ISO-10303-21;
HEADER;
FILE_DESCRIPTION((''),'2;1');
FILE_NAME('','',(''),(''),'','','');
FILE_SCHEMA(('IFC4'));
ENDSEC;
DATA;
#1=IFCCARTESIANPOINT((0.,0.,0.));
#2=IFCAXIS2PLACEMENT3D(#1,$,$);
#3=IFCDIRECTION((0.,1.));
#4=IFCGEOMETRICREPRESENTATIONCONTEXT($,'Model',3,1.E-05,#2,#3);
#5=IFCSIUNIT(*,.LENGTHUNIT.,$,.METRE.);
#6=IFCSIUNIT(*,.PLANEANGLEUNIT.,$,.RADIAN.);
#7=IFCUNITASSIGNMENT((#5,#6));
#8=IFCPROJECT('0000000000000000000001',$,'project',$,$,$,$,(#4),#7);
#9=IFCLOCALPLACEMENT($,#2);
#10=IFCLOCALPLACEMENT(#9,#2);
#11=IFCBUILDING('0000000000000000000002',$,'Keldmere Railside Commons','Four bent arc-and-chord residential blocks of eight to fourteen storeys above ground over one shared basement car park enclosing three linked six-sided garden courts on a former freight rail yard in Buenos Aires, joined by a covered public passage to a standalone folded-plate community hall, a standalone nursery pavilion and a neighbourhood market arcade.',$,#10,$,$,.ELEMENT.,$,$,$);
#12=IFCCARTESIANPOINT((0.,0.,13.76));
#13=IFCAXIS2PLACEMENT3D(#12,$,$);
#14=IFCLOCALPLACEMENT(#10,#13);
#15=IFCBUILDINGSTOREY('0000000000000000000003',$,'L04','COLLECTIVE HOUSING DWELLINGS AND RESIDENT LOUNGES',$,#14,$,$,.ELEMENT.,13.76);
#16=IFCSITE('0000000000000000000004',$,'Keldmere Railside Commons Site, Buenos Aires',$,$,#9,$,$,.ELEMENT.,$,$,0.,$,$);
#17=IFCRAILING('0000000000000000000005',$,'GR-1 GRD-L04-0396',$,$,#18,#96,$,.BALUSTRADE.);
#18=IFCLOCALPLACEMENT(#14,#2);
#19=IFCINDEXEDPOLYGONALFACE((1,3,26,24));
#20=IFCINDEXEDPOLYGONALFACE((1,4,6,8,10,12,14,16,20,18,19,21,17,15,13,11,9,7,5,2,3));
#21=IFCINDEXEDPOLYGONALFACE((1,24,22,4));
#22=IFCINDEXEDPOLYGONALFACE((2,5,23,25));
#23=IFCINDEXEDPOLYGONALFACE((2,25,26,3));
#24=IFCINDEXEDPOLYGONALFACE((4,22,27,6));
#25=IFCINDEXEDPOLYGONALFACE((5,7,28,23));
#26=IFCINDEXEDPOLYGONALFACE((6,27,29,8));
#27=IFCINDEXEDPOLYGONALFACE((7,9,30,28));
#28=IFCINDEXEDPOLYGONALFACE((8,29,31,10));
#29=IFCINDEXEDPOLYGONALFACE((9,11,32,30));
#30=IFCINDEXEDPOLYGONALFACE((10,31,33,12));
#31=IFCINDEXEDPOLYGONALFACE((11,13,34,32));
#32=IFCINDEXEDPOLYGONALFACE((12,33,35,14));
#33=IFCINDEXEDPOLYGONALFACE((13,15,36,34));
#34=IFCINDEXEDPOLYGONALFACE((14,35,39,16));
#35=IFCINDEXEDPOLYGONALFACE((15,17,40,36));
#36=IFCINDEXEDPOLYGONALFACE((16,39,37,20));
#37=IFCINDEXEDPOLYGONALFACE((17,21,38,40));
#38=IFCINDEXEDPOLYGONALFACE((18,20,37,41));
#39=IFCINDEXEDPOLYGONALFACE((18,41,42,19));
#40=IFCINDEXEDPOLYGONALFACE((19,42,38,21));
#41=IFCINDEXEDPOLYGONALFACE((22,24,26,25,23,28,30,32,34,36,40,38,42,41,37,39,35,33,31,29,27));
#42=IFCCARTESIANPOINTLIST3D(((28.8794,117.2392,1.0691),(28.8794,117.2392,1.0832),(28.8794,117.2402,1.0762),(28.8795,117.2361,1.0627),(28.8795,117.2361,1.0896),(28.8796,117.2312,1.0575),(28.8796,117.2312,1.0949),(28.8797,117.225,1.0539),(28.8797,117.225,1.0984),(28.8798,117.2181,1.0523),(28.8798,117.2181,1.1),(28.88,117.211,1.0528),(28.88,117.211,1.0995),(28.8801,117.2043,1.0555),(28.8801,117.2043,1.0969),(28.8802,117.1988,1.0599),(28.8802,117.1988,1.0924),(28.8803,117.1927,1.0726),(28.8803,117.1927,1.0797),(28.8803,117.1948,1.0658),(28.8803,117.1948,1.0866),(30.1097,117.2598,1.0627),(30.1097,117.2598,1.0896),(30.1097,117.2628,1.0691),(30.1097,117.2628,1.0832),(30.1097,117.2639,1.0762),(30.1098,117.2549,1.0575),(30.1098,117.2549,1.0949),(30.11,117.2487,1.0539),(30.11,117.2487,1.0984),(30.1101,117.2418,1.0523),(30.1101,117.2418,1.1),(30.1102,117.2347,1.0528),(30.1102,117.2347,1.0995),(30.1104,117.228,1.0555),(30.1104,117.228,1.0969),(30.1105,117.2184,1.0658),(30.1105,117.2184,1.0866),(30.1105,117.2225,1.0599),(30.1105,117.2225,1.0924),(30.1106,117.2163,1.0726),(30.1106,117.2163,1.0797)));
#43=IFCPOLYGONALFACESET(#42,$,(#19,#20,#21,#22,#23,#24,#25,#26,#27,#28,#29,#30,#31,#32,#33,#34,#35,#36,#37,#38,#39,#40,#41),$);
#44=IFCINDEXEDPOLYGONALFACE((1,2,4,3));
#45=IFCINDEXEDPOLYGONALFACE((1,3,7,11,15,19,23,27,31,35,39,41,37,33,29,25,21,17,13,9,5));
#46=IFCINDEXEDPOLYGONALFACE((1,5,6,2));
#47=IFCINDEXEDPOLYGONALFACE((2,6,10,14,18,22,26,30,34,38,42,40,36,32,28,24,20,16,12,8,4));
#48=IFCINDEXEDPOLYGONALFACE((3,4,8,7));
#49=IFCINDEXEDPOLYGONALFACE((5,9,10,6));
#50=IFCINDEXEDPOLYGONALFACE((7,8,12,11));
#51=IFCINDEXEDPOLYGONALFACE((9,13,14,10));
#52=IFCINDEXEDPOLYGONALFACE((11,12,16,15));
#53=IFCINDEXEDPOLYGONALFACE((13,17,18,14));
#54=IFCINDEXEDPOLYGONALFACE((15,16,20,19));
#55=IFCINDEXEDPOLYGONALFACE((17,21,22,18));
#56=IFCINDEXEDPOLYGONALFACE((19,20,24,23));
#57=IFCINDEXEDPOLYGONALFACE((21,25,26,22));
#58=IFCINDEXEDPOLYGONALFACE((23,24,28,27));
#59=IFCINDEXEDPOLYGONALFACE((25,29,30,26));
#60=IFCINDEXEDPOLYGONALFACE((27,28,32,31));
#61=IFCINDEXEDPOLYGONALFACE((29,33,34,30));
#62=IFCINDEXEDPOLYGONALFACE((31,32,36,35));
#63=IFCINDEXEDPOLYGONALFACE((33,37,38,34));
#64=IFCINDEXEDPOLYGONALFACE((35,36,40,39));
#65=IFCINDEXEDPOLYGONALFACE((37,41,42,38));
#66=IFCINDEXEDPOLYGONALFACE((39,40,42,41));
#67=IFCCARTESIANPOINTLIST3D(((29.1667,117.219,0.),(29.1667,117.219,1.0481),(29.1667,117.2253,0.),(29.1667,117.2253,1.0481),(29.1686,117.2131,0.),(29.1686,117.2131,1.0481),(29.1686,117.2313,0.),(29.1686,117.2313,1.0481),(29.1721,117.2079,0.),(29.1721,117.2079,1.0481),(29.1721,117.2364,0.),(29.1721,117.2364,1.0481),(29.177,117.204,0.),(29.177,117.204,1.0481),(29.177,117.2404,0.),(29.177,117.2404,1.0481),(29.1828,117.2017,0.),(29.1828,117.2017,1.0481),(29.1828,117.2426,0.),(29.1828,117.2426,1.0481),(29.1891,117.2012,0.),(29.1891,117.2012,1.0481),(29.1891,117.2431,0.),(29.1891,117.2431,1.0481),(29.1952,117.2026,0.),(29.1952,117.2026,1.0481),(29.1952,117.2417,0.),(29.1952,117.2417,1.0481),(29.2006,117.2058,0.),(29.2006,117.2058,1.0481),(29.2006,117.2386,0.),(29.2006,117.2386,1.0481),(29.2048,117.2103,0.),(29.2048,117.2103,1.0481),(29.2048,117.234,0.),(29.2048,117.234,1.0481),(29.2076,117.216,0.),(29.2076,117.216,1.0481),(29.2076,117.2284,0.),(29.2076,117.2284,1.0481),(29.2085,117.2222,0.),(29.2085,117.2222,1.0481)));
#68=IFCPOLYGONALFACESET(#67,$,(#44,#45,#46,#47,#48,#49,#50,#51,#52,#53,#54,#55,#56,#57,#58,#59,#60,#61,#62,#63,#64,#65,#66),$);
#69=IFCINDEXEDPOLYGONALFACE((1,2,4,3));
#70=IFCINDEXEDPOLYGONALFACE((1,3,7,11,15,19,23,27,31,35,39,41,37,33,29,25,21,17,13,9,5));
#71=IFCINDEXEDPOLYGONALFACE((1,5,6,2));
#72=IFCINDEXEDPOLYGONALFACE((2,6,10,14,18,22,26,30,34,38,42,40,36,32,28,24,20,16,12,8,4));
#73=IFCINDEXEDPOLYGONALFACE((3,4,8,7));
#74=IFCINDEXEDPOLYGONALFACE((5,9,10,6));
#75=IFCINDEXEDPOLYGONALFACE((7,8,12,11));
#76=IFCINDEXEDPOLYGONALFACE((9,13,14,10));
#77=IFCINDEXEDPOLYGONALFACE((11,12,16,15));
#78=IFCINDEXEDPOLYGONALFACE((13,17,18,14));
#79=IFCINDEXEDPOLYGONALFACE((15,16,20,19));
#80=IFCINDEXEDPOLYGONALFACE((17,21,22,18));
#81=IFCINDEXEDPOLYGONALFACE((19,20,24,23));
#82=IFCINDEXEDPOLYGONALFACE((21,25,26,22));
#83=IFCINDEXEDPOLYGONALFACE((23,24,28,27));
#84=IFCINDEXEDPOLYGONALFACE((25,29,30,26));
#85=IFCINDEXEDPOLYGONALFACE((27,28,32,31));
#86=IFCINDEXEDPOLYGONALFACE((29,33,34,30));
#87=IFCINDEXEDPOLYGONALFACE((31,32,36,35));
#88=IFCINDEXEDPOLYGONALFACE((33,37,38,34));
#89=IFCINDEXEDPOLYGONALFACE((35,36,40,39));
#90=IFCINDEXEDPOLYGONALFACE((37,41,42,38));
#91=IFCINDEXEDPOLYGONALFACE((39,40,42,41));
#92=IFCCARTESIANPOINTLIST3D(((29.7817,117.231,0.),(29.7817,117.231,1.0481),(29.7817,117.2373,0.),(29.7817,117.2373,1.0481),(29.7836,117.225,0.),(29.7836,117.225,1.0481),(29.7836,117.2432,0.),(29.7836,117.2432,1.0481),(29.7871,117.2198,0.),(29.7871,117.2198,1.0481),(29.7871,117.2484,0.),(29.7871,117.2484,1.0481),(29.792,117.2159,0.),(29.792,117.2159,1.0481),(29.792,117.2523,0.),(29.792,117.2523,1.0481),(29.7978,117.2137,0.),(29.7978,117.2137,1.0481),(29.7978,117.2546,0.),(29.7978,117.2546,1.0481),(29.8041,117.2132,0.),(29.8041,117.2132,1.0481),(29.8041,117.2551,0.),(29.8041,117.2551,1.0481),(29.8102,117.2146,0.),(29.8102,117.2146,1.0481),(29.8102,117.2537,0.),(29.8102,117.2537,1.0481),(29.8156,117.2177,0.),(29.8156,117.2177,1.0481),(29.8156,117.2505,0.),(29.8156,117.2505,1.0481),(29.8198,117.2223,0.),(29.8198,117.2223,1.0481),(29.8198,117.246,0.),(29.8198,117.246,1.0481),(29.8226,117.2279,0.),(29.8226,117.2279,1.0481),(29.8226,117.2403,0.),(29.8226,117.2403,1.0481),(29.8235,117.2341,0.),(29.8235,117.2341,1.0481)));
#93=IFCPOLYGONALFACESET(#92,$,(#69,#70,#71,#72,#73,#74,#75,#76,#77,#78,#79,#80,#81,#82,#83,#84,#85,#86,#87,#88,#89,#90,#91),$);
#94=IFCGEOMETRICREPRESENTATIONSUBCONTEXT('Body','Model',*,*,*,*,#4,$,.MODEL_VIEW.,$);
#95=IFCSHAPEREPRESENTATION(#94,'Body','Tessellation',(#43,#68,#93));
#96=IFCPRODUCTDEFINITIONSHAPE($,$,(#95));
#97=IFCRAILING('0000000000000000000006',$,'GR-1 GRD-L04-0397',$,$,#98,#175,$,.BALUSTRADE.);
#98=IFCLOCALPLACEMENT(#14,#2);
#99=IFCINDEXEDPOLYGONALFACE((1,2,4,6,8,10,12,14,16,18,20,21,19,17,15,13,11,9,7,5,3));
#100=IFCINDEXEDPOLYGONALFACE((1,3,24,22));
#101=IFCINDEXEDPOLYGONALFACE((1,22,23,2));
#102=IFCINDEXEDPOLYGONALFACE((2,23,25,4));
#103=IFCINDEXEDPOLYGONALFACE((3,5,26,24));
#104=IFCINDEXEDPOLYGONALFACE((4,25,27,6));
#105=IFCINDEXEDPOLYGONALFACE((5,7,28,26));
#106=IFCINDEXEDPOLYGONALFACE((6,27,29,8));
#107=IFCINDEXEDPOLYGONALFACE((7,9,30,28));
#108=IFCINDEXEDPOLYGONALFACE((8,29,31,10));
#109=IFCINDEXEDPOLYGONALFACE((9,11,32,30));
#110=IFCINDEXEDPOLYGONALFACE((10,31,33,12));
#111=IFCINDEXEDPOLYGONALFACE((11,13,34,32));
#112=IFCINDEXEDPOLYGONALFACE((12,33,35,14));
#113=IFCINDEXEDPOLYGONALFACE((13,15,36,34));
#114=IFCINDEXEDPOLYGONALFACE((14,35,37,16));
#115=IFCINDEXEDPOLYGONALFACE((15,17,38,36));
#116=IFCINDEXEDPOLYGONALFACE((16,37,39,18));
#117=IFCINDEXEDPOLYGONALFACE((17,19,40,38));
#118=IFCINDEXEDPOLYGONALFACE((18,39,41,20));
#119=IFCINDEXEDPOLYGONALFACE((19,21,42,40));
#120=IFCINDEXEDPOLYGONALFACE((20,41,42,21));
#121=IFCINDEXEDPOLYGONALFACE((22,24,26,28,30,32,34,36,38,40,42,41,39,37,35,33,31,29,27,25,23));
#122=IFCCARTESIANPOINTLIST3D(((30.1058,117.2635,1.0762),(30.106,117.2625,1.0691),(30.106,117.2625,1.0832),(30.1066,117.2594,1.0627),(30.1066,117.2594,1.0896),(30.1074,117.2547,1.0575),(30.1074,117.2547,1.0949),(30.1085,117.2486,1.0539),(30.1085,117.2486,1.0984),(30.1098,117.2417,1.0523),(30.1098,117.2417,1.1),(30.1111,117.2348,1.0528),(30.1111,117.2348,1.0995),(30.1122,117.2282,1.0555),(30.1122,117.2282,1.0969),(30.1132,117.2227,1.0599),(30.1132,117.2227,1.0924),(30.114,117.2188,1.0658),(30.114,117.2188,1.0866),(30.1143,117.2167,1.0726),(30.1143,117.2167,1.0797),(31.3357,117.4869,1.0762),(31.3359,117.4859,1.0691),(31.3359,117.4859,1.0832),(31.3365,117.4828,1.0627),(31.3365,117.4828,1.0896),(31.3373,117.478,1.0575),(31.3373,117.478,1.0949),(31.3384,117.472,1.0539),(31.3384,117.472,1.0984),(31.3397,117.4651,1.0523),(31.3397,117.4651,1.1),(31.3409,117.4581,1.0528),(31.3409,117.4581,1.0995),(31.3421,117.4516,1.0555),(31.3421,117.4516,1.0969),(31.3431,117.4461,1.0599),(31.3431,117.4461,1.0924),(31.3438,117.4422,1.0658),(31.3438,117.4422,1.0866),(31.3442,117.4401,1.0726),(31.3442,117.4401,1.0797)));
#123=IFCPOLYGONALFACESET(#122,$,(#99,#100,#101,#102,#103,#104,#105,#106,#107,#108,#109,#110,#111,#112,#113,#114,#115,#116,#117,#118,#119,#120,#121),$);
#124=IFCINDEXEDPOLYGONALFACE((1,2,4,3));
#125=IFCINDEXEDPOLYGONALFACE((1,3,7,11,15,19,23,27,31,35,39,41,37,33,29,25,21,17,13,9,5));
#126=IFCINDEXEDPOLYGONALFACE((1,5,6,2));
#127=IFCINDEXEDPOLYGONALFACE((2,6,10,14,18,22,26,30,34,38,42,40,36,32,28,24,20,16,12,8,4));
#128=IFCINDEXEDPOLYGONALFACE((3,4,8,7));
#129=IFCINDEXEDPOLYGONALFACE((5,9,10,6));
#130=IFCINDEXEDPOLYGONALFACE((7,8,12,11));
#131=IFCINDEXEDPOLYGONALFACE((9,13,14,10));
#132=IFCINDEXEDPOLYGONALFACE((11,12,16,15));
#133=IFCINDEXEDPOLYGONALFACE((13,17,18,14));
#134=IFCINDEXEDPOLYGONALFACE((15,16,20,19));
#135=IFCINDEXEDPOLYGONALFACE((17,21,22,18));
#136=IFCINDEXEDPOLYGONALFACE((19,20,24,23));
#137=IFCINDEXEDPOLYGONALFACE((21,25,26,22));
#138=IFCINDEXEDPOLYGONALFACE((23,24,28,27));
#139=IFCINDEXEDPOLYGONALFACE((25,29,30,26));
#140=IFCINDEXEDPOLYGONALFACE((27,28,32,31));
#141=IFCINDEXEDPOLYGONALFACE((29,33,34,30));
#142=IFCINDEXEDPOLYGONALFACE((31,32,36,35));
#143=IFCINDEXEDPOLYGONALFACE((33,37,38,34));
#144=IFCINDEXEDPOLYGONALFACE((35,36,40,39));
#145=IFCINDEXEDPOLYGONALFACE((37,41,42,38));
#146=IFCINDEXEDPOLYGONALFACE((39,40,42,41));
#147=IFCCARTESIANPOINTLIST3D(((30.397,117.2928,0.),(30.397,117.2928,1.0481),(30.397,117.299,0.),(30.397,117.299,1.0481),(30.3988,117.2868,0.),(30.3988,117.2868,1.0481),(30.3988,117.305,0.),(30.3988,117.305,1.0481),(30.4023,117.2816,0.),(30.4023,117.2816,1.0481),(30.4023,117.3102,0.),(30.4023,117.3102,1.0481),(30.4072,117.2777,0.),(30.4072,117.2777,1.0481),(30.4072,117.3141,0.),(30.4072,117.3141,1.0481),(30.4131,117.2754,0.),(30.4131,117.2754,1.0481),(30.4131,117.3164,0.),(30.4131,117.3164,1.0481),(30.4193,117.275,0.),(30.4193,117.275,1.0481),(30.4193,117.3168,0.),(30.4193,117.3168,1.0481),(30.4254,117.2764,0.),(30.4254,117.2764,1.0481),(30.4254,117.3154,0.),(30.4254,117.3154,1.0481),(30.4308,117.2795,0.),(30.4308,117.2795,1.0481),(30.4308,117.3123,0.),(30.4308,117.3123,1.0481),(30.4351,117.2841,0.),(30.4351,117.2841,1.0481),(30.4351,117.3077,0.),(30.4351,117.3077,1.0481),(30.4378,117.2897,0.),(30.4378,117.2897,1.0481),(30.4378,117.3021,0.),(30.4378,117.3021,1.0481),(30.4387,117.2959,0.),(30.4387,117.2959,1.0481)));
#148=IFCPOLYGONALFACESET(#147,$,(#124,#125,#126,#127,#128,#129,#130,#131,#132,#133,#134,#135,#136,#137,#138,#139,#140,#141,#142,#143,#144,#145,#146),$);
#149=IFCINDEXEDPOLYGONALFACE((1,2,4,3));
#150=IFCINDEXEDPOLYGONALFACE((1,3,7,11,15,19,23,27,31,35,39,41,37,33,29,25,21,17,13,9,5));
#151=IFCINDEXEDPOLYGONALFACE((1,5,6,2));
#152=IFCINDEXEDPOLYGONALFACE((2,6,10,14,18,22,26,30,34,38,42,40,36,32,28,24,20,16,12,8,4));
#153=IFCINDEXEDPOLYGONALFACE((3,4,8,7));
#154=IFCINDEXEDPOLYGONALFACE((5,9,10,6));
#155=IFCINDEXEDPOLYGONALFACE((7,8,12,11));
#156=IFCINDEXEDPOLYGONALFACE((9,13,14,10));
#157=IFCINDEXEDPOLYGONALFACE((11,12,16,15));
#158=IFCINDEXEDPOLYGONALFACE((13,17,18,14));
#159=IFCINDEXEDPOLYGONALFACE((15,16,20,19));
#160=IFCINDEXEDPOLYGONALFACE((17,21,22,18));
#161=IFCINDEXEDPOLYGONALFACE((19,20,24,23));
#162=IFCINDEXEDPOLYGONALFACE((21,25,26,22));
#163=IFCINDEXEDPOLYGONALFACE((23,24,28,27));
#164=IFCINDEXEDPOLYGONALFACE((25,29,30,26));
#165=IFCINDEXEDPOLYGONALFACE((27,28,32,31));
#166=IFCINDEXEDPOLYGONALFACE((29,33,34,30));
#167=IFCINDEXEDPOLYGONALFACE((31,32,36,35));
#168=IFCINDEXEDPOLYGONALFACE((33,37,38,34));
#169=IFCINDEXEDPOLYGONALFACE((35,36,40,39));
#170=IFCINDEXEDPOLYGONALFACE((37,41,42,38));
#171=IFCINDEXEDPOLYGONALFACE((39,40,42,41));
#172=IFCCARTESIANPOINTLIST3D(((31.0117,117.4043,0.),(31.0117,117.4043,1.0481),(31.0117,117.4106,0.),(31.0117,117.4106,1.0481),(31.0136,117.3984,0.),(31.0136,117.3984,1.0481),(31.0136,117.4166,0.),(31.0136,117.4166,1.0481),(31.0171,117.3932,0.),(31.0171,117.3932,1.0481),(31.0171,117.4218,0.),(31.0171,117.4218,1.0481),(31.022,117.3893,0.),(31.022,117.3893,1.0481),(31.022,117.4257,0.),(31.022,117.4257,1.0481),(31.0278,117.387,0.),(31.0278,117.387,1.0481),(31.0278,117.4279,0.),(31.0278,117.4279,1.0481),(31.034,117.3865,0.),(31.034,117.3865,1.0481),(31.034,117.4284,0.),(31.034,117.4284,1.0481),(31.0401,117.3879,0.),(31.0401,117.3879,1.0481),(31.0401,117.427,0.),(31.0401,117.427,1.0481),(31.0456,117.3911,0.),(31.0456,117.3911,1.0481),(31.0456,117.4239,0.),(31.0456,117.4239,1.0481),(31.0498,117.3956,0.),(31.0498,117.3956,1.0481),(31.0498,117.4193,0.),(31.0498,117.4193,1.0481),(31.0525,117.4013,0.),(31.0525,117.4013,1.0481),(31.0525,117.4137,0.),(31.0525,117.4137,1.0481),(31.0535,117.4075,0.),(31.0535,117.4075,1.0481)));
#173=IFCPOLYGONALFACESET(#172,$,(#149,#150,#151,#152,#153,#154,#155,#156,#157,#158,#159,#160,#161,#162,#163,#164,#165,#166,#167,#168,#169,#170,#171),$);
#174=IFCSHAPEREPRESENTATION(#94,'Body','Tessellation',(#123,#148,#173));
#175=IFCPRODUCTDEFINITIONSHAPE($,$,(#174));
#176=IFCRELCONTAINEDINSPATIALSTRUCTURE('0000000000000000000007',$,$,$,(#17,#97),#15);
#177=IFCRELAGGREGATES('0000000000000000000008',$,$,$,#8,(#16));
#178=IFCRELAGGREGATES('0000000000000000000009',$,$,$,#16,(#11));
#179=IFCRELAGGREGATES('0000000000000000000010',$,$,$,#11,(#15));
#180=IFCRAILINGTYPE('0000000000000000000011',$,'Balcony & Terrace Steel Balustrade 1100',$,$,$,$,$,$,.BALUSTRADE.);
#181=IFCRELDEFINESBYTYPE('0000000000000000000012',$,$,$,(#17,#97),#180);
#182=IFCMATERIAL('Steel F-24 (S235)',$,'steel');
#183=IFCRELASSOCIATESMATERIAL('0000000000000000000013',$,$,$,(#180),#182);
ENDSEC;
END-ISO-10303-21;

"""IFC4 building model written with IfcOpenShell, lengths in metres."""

from ifc_helpers import new_model, si_unit, direction, frame, origin, origin_2d, place, context, subcontext, project, spatial, circle, extrude, material, type_object, element, save


model = new_model("IFC4")

# Units and contexts
model_context = context("Model", 3, precision=1e-05, world=origin(), true_north=direction((0.0, 1.0)))
body_context = subcontext(model_context, "Body", "Model", "MODEL_VIEW")
ifc_project = project(units=[si_unit("LENGTHUNIT", "METRE"), si_unit("PLANEANGLEUNIT", "RADIAN")], contexts=[model_context])

# Site, building, storey
site_placement = place(None, origin())
site = spatial("IfcSite", under=ifc_project, at=site_placement, Name="Keldmere Railside Commons Site, Buenos Aires", CompositionType="ELEMENT", RefElevation=0.0)
building_placement = place(site_placement, origin())
building = spatial("IfcBuilding", under=site, at=building_placement, Name="Keldmere Railside Commons", Description="Four bent arc-and-chord residential blocks of eight to fourteen storeys above ground over one shared basement car park enclosing three linked six-sided garden courts on a former freight rail yard in Buenos Aires, joined by a covered public passage to a standalone folded-plate community hall, a standalone nursery pavilion and a neighbourhood market arcade.", CompositionType="ELEMENT")
storey_placement = place(building_placement, frame((0.0, 0.0, 13.76)))
storey = spatial("IfcBuildingStorey", under=building, at=storey_placement, Name="L04", Description="COLLECTIVE HOUSING DWELLINGS AND RESIDENT LOUNGES", CompositionType="ELEMENT", Elevation=13.76)

# Railings
ifc_material_1 = material(Name="Steel F-24 (S235)", Category="steel")
railing_type = type_object("IfcRailingType", Name="Balcony & Terrace Steel Balustrade 1100", PredefinedType="BALUSTRADE", material=ifc_material_1)
railing_1_placement = place(storey_placement, frame((28.8799, 117.2163, 0.0)))
element("IfcRailing", 1, at=railing_1_placement, inside=storey, type_object=railing_type, Name="GR-1 GRD-L04-0396", PredefinedType="BALUSTRADE", context=body_context, shape_type="SweptSolid", body=[
    extrude(circle(Radius=0.0239, at=origin_2d()), frame((0.0, 0.0, 1.0762), z_axis=(0.999815, 0.019246, 0.0), x_axis=(-0.019246, 0.999815, 0.0)), (0.0, 0.0, 1.0), 1.2305),
    extrude(circle(Radius=0.021, at=origin_2d()), frame((0.3076, 0.0059, 0.0)), (0.0, 0.0, 1.0), 1.0481),
    extrude(circle(Radius=0.021, at=origin_2d()), frame((0.9226, 0.0178, 0.0)), (0.0, 0.0, 1.0), 1.0481),
])
railing_2_placement = place(storey_placement, frame((30.1101, 117.24, 0.0)))
element("IfcRailing", 2, at=railing_2_placement, inside=storey, type_object=railing_type, Name="GR-1 GRD-L04-0397", PredefinedType="BALUSTRADE", context=body_context, shape_type="SweptSolid", body=[
    extrude(circle(Radius=0.0239, at=origin_2d()), frame((0.0, 0.0, 1.0762), z_axis=(0.983904, 0.178696, 0.0), x_axis=(-0.178696, 0.983904, 0.0)), (0.0, 0.0, 1.0), 1.25),
    extrude(circle(Radius=0.021, at=origin_2d()), frame((0.3076, 0.0559, 0.0)), (0.0, 0.0, 1.0), 1.0481),
    extrude(circle(Radius=0.021, at=origin_2d()), frame((0.9224, 0.1675, 0.0)), (0.0, 0.0, 1.0), 1.0481),
])

save(model, "model.ifc")
